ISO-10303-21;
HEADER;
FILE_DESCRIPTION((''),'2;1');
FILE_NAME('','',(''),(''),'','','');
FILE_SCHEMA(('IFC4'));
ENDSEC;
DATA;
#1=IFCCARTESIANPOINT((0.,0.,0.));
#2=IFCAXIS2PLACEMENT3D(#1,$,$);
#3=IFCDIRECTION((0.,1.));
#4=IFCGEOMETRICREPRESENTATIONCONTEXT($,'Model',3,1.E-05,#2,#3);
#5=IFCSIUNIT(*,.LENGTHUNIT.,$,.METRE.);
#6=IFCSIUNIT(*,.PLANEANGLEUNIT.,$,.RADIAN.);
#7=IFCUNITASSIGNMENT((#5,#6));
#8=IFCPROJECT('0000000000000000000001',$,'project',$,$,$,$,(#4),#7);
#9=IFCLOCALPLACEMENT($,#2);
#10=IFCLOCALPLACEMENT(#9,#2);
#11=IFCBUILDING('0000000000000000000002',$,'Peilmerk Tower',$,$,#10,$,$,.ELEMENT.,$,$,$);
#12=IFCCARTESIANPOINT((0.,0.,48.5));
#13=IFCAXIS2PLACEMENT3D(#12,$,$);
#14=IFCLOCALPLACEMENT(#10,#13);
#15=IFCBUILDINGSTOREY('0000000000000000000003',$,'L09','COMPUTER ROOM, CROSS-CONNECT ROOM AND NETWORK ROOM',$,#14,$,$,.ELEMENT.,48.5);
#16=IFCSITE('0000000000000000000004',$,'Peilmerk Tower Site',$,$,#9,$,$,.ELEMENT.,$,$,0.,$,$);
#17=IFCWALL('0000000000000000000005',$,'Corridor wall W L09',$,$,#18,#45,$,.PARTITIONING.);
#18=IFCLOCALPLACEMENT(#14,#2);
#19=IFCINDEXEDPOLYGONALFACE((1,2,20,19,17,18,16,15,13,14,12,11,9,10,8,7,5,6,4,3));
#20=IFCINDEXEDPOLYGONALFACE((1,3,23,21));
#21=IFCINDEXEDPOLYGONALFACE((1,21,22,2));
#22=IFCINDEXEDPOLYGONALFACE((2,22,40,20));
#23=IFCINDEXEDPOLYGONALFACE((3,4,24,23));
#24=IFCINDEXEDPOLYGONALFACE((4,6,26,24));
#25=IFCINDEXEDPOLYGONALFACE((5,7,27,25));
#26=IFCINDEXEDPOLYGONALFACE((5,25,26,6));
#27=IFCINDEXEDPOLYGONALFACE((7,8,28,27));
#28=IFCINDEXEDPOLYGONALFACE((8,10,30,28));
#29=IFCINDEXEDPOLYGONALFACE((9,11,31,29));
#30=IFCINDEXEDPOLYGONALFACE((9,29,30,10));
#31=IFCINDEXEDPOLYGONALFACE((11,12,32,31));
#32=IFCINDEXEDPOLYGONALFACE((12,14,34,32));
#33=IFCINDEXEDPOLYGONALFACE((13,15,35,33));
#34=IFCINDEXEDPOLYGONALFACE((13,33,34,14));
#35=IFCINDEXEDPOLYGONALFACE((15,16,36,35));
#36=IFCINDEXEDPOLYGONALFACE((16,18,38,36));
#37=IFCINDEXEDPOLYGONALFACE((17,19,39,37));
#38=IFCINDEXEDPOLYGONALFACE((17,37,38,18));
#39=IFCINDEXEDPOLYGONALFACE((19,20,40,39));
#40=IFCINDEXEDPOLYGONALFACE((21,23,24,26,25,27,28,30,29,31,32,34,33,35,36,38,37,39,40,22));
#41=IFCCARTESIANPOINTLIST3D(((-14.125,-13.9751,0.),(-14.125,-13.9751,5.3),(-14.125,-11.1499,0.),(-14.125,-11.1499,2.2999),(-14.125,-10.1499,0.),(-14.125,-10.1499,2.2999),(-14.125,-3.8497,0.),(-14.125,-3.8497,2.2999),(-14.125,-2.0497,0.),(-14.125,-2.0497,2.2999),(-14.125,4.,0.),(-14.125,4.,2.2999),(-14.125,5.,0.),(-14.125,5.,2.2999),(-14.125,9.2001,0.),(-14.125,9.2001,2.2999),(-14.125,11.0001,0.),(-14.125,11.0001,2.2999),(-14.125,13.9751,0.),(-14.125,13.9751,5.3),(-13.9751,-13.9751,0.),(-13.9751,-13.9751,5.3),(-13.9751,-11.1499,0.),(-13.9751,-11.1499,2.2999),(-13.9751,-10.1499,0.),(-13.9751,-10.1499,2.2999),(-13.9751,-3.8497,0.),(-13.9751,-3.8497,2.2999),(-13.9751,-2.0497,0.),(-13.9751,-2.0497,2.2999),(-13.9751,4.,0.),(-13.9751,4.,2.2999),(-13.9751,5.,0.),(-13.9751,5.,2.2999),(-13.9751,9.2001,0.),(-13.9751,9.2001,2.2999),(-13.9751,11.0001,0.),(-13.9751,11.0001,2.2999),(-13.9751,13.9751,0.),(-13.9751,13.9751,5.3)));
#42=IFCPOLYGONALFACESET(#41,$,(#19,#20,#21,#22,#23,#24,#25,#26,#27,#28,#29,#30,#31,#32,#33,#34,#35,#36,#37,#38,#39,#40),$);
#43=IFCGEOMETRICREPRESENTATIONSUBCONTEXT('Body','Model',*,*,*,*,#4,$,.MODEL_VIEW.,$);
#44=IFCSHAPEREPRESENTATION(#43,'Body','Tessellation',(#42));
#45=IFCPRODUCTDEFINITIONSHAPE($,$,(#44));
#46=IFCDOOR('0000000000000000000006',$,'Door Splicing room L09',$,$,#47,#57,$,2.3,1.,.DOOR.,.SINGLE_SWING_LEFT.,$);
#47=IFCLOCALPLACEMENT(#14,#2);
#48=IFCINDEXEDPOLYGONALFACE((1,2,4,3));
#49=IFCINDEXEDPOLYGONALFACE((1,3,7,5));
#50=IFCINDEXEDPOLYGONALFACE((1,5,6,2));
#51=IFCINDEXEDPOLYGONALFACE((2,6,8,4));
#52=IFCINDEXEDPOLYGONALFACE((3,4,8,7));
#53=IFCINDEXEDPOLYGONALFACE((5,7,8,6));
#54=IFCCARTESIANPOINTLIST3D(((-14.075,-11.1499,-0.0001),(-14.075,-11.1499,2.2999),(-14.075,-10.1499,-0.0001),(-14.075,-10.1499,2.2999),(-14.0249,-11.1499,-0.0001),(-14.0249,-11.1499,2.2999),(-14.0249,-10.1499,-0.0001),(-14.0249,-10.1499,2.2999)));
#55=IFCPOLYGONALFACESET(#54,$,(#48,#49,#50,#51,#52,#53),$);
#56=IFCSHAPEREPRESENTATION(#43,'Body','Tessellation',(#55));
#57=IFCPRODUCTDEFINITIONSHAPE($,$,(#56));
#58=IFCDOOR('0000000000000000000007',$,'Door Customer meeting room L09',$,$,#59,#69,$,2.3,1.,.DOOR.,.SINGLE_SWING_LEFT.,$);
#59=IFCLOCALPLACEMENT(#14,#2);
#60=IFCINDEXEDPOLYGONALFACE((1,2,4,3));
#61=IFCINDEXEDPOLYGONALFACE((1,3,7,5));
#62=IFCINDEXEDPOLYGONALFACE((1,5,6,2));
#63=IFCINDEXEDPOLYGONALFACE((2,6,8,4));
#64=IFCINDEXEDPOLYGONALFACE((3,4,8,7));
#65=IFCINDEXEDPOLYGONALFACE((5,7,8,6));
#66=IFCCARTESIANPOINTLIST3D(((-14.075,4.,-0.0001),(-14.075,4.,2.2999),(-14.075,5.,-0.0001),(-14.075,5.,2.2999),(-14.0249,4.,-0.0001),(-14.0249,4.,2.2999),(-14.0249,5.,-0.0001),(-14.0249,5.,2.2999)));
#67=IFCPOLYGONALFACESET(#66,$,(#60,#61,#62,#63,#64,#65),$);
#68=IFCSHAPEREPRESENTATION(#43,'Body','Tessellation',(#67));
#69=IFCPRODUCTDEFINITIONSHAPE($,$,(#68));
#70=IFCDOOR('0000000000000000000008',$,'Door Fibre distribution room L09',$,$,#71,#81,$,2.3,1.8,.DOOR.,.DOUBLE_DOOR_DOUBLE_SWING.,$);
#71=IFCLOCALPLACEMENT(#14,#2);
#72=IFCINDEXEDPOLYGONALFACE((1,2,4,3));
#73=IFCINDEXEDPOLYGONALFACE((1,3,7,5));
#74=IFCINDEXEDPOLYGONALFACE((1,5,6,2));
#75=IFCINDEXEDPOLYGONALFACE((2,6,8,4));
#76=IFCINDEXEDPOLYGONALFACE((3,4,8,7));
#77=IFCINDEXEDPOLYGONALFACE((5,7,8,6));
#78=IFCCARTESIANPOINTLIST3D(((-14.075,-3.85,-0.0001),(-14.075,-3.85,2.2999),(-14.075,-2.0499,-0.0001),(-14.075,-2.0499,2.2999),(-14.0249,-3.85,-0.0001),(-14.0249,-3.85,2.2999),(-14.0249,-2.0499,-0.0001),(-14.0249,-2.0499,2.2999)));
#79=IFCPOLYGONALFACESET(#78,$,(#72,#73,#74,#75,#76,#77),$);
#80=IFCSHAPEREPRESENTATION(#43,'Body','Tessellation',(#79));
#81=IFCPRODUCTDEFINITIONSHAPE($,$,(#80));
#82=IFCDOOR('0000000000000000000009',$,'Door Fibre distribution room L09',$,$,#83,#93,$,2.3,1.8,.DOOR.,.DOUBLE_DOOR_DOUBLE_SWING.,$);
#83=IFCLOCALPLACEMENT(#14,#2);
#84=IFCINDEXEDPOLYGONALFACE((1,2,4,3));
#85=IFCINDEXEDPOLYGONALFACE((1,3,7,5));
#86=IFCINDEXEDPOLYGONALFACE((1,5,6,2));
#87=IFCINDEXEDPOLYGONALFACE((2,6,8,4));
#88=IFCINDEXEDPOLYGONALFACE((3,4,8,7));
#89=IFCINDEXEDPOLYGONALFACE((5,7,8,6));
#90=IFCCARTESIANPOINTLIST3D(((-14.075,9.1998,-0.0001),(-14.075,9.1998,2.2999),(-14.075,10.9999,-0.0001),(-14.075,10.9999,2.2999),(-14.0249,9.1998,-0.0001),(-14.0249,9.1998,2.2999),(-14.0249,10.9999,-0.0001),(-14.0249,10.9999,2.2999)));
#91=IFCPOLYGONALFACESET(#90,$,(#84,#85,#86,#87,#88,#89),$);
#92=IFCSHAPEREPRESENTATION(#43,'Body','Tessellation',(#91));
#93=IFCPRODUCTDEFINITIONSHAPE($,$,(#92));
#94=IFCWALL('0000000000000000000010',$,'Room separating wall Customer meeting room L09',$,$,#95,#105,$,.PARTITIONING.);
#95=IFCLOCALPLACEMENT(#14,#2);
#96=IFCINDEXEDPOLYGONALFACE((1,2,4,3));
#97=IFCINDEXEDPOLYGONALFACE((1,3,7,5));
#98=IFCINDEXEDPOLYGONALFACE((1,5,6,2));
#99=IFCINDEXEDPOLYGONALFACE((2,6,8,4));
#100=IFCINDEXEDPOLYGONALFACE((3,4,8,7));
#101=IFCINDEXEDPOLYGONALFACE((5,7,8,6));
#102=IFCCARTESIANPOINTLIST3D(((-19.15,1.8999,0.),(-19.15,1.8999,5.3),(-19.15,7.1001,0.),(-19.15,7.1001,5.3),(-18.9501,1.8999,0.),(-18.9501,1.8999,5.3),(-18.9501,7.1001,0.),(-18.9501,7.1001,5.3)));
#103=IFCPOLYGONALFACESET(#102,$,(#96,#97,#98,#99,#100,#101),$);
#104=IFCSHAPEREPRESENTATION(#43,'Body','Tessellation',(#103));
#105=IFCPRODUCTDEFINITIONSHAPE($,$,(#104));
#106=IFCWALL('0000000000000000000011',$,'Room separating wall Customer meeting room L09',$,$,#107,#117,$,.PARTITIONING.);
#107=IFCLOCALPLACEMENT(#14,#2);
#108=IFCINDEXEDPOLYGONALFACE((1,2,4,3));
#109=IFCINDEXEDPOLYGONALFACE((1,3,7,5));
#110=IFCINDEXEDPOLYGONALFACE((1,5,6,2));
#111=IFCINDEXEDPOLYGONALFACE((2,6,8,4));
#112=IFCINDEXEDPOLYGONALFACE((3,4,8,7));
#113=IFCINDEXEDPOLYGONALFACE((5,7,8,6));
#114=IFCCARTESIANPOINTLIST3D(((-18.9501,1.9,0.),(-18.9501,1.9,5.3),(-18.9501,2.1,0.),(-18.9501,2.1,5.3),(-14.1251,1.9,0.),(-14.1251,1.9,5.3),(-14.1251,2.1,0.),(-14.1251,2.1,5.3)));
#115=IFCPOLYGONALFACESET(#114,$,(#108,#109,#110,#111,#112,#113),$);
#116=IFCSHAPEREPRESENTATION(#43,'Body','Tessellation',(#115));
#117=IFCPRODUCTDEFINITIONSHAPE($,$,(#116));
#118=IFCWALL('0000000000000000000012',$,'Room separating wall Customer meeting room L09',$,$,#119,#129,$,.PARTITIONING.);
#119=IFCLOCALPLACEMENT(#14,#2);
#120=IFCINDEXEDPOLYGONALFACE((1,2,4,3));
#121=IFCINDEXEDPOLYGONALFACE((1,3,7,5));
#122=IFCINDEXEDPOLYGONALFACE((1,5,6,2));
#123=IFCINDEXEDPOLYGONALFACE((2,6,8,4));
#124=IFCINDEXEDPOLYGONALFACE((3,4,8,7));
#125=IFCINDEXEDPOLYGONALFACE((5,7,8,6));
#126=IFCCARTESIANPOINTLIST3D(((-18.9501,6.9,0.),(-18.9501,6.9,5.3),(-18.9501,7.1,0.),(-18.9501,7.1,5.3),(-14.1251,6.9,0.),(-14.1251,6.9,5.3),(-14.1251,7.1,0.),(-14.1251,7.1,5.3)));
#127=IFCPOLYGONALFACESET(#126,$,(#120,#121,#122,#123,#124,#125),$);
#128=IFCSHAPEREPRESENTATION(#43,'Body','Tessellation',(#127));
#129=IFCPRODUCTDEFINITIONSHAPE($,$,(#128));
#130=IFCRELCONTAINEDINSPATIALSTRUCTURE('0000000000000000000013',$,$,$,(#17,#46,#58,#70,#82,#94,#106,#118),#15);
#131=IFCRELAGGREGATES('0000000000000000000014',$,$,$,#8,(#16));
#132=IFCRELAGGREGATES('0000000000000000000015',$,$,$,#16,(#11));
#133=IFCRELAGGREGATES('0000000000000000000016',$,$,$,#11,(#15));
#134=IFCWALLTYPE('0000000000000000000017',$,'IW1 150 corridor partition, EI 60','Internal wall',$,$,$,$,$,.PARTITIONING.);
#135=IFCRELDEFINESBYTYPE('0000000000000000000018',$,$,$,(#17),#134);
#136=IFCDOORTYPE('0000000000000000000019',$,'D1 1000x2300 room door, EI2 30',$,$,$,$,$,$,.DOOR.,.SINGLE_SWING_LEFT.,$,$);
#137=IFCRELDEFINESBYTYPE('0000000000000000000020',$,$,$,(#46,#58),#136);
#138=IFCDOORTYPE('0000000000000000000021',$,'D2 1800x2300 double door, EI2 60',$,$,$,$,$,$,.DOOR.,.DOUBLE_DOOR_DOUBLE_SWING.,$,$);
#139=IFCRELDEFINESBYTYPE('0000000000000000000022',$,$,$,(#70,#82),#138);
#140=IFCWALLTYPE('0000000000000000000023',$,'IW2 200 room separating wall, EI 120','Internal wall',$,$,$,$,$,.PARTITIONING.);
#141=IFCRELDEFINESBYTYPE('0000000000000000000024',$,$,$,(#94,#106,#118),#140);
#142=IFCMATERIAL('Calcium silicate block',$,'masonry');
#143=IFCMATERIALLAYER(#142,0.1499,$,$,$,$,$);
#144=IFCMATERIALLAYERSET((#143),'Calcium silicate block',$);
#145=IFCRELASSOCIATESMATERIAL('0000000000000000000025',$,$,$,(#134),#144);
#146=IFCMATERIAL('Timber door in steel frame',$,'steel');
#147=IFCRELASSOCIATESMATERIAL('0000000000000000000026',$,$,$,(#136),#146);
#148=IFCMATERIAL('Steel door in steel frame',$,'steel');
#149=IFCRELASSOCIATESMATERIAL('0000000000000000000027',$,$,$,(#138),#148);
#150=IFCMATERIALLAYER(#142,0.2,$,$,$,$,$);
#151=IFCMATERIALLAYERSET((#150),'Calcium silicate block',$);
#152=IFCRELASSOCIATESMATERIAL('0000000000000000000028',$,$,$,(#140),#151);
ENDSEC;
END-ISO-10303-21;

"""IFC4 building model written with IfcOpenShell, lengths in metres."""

from ifc_helpers import new_model, si_unit, direction, frame, frame_2d, origin, place, context, subcontext, project, spatial, rectangle, extrude, material, layer, layer_set, type_object, element, fill, save


model = new_model("IFC4")

# Units and contexts
model_context = context("Model", 3, precision=1e-05, world=origin(), true_north=direction((0.0, 1.0)))
body_context = subcontext(model_context, "Body", "Model", "MODEL_VIEW")
ifc_project = project(units=[si_unit("LENGTHUNIT", "METRE"), si_unit("PLANEANGLEUNIT", "RADIAN")], contexts=[model_context])

# Site, building, storey
site_placement = place(None, origin())
site = spatial("IfcSite", under=ifc_project, at=site_placement, Name="Peilmerk Tower Site", CompositionType="ELEMENT", RefElevation=0.0)
building_placement = place(site_placement, origin())
building = spatial("IfcBuilding", under=site, at=building_placement, Name="Peilmerk Tower", CompositionType="ELEMENT")
storey_placement = place(building_placement, frame((0.0, 0.0, 48.5)))
storey = spatial("IfcBuildingStorey", under=building, at=storey_placement, Name="L09", Description="COMPUTER ROOM, CROSS-CONNECT ROOM AND NETWORK ROOM", CompositionType="ELEMENT", Elevation=48.5)

# Wall, openings, doors
ifc_material_1 = material(Name="Calcium silicate block", Category="masonry")
ifc_layer_1 = layer(ifc_material_1, 0.1499)
ifc_layer_set_1 = layer_set([ifc_layer_1], Name="Calcium silicate block")
wall_type_1 = type_object("IfcWallType", Name="IW1 150 corridor partition, EI 60", Description="Internal wall", PredefinedType="PARTITIONING", material=ifc_layer_set_1)
ifc_material_2 = material(Name="Timber door in steel frame", Category="steel")
door_type_1 = type_object("IfcDoorType", Name="D1 1000x2300 room door, EI2 30", OperationType="SINGLE_SWING_LEFT", PredefinedType="DOOR", material=ifc_material_2)
ifc_material_3 = material(Name="Steel door in steel frame", Category="steel")
door_type_2 = type_object("IfcDoorType", Name="D2 1800x2300 double door, EI2 60", OperationType="DOUBLE_DOOR_DOUBLE_SWING", PredefinedType="DOOR", material=ifc_material_3)
wall_1_placement = place(storey_placement, frame((-14.05, 13.9751, 0.0), z_axis=(0.0, 0.0, 1.0), x_axis=(0.0, -1.0, 0.0)))
wall_1 = element("IfcWall", 1, at=wall_1_placement, inside=storey, type_object=wall_type_1, Name="Corridor wall W L09", PredefinedType="PARTITIONING", context=body_context, shape_type="SweptSolid", body=[
    extrude(rectangle(XDim=27.9502, YDim=0.1499, at=frame_2d((13.9751, 0.0))), origin(), (0.0, 0.0, 1.0), 5.3),
])
opening_1_placement = place(wall_1_placement, frame((24.125, 0.0, 0.0)))
opening_1 = element("IfcOpeningElement", 2, at=opening_1_placement, cuts=wall_1, PredefinedType="OPENING", context=body_context, shape_type="SweptSolid", body=[
    extrude(rectangle(XDim=1.0, YDim=2.3, at=frame_2d((0.5, 1.1499))), frame((0.0, 0.085, 0.0), z_axis=(0.0, -1.0, 0.0), x_axis=(1.0, 0.0, 0.0)), (0.0, 0.0, 1.0), 0.1699),
])
opening_2_placement = place(wall_1_placement, frame((16.0249, 0.0, 0.0)))
opening_2 = element("IfcOpeningElement", 3, at=opening_2_placement, cuts=wall_1, PredefinedType="OPENING", context=body_context, shape_type="SweptSolid", body=[
    extrude(rectangle(XDim=1.8, YDim=2.3, at=frame_2d((0.8999, 1.1499))), frame((0.0, 0.085, 0.0), z_axis=(0.0, -1.0, 0.0), x_axis=(1.0, 0.0, 0.0)), (0.0, 0.0, 1.0), 0.1699),
])
opening_3_placement = place(wall_1_placement, frame((2.9751, 0.0, 0.0)))
opening_3 = element("IfcOpeningElement", 4, at=opening_3_placement, cuts=wall_1, PredefinedType="OPENING", context=body_context, shape_type="SweptSolid", body=[
    extrude(rectangle(XDim=1.8, YDim=2.3, at=frame_2d((0.8999, 1.1499))), frame((0.0, 0.085, 0.0), z_axis=(0.0, -1.0, 0.0), x_axis=(1.0, 0.0, 0.0)), (0.0, 0.0, 1.0), 0.1699),
])
opening_4_placement = place(wall_1_placement, frame((8.9751, 0.0, 0.0)))
opening_4 = element("IfcOpeningElement", 5, at=opening_4_placement, cuts=wall_1, PredefinedType="OPENING", context=body_context, shape_type="SweptSolid", body=[
    extrude(rectangle(XDim=1.0, YDim=2.3, at=frame_2d((0.5, 1.1499))), frame((0.0, 0.085, 0.0), z_axis=(0.0, -1.0, 0.0), x_axis=(1.0, 0.0, 0.0)), (0.0, 0.0, 1.0), 0.1699),
])
door_1_placement = place(opening_1_placement, frame((1.0, 0.0, 0.0), z_axis=(0.0, 0.0, 1.0), x_axis=(-1.0, 0.0, 0.0)))
door_1 = element("IfcDoor", 6, at=door_1_placement, inside=storey, type_object=door_type_1, Name="Door Splicing room L09", OperationType="SINGLE_SWING_LEFT", OverallHeight=2.3, OverallWidth=1.0, PredefinedType="DOOR", context=body_context, shape_type="SweptSolid", body=[
    extrude(rectangle(XDim=1.0, YDim=2.3, at=frame_2d((0.5, 1.1499))), frame((0.0, 0.0249, 0.0), z_axis=(0.0, -1.0, 0.0), x_axis=(1.0, 0.0, 0.0)), (0.0, 0.0, 1.0), 0.05),
])
fill(opening_1, door_1)
door_2_placement = place(opening_4_placement, frame((1.0, 0.0, 0.0), z_axis=(0.0, 0.0, 1.0), x_axis=(-1.0, 0.0, 0.0)))
door_2 = element("IfcDoor", 7, at=door_2_placement, inside=storey, type_object=door_type_1, Name="Door Customer meeting room L09", OperationType="SINGLE_SWING_LEFT", OverallHeight=2.3, OverallWidth=1.0, PredefinedType="DOOR", context=body_context, shape_type="SweptSolid", body=[
    extrude(rectangle(XDim=1.0, YDim=2.3, at=frame_2d((0.5, 1.1499))), frame((0.0, 0.0249, 0.0), z_axis=(0.0, -1.0, 0.0), x_axis=(1.0, 0.0, 0.0)), (0.0, 0.0, 1.0), 0.05),
])
fill(opening_4, door_2)
door_3_placement = place(opening_2_placement, frame((1.8, 0.0, 0.0), z_axis=(0.0, 0.0, 1.0), x_axis=(-1.0, 0.0, 0.0)))
door_3 = element("IfcDoor", 8, at=door_3_placement, inside=storey, type_object=door_type_2, Name="Door Fibre distribution room L09", OperationType="DOUBLE_DOOR_DOUBLE_SWING", OverallHeight=2.3, OverallWidth=1.8, PredefinedType="DOOR", context=body_context, shape_type="SweptSolid", body=[
    extrude(rectangle(XDim=1.8, YDim=2.3, at=frame_2d((0.8999, 1.1499))), frame((0.0, 0.0249, 0.0), z_axis=(0.0, -1.0, 0.0), x_axis=(1.0, 0.0, 0.0)), (0.0, 0.0, 1.0), 0.05),
])
fill(opening_2, door_3)
door_4_placement = place(opening_3_placement, frame((1.8, 0.0, 0.0), z_axis=(0.0, 0.0, 1.0), x_axis=(-1.0, 0.0, 0.0)))
door_4 = element("IfcDoor", 9, at=door_4_placement, inside=storey, type_object=door_type_2, Name="Door Fibre distribution room L09", OperationType="DOUBLE_DOOR_DOUBLE_SWING", OverallHeight=2.3, OverallWidth=1.8, PredefinedType="DOOR", context=body_context, shape_type="SweptSolid", body=[
    extrude(rectangle(XDim=1.8, YDim=2.3, at=frame_2d((0.8999, 1.1499))), frame((0.0, 0.0249, 0.0), z_axis=(0.0, -1.0, 0.0), x_axis=(1.0, 0.0, 0.0)), (0.0, 0.0, 1.0), 0.05),
])
fill(opening_3, door_4)

# Walls
ifc_layer_2 = layer(ifc_material_1, 0.2)
ifc_layer_set_2 = layer_set([ifc_layer_2], Name="Calcium silicate block")
wall_type_2 = type_object("IfcWallType", Name="IW2 200 room separating wall, EI 120", Description="Internal wall", PredefinedType="PARTITIONING", material=ifc_layer_set_2)
wall_2_placement = place(storey_placement, frame((-19.05, 1.8999, 0.0), z_axis=(0.0, 0.0, 1.0), x_axis=(0.0, 1.0, 0.0)))
element("IfcWall", 10, at=wall_2_placement, inside=storey, type_object=wall_type_2, Name="Room separating wall Customer meeting room L09", PredefinedType="PARTITIONING", context=body_context, shape_type="SweptSolid", body=[
    extrude(rectangle(XDim=5.2002, YDim=0.2, at=frame_2d((2.6001, 0.0))), origin(), (0.0, 0.0, 1.0), 5.3),
])
for number, where, z_axis, x_axis, name in (
    (11, (-14.125, 2.0, 0.0), (0.0, 0.0, 1.0), (-1.0, 0.0, 0.0), "Room separating wall Customer meeting room L09"),
    (12, (-14.125, 7.0, 0.0), (0.0, 0.0, 1.0), (-1.0, 0.0, 0.0), "Room separating wall Customer meeting room L09"),
):
    element("IfcWall", number, at=place(storey_placement, frame(where, z_axis=z_axis, x_axis=x_axis)), inside=storey, type_object=wall_type_2, Name=name, PredefinedType="PARTITIONING", context=body_context, shape_type="SweptSolid", body=[
        extrude(rectangle(XDim=4.825, YDim=0.2, at=frame_2d((2.4126, 0.0))), origin(), (0.0, 0.0, 1.0), 5.3),
    ])

save(model, "model.ifc")
